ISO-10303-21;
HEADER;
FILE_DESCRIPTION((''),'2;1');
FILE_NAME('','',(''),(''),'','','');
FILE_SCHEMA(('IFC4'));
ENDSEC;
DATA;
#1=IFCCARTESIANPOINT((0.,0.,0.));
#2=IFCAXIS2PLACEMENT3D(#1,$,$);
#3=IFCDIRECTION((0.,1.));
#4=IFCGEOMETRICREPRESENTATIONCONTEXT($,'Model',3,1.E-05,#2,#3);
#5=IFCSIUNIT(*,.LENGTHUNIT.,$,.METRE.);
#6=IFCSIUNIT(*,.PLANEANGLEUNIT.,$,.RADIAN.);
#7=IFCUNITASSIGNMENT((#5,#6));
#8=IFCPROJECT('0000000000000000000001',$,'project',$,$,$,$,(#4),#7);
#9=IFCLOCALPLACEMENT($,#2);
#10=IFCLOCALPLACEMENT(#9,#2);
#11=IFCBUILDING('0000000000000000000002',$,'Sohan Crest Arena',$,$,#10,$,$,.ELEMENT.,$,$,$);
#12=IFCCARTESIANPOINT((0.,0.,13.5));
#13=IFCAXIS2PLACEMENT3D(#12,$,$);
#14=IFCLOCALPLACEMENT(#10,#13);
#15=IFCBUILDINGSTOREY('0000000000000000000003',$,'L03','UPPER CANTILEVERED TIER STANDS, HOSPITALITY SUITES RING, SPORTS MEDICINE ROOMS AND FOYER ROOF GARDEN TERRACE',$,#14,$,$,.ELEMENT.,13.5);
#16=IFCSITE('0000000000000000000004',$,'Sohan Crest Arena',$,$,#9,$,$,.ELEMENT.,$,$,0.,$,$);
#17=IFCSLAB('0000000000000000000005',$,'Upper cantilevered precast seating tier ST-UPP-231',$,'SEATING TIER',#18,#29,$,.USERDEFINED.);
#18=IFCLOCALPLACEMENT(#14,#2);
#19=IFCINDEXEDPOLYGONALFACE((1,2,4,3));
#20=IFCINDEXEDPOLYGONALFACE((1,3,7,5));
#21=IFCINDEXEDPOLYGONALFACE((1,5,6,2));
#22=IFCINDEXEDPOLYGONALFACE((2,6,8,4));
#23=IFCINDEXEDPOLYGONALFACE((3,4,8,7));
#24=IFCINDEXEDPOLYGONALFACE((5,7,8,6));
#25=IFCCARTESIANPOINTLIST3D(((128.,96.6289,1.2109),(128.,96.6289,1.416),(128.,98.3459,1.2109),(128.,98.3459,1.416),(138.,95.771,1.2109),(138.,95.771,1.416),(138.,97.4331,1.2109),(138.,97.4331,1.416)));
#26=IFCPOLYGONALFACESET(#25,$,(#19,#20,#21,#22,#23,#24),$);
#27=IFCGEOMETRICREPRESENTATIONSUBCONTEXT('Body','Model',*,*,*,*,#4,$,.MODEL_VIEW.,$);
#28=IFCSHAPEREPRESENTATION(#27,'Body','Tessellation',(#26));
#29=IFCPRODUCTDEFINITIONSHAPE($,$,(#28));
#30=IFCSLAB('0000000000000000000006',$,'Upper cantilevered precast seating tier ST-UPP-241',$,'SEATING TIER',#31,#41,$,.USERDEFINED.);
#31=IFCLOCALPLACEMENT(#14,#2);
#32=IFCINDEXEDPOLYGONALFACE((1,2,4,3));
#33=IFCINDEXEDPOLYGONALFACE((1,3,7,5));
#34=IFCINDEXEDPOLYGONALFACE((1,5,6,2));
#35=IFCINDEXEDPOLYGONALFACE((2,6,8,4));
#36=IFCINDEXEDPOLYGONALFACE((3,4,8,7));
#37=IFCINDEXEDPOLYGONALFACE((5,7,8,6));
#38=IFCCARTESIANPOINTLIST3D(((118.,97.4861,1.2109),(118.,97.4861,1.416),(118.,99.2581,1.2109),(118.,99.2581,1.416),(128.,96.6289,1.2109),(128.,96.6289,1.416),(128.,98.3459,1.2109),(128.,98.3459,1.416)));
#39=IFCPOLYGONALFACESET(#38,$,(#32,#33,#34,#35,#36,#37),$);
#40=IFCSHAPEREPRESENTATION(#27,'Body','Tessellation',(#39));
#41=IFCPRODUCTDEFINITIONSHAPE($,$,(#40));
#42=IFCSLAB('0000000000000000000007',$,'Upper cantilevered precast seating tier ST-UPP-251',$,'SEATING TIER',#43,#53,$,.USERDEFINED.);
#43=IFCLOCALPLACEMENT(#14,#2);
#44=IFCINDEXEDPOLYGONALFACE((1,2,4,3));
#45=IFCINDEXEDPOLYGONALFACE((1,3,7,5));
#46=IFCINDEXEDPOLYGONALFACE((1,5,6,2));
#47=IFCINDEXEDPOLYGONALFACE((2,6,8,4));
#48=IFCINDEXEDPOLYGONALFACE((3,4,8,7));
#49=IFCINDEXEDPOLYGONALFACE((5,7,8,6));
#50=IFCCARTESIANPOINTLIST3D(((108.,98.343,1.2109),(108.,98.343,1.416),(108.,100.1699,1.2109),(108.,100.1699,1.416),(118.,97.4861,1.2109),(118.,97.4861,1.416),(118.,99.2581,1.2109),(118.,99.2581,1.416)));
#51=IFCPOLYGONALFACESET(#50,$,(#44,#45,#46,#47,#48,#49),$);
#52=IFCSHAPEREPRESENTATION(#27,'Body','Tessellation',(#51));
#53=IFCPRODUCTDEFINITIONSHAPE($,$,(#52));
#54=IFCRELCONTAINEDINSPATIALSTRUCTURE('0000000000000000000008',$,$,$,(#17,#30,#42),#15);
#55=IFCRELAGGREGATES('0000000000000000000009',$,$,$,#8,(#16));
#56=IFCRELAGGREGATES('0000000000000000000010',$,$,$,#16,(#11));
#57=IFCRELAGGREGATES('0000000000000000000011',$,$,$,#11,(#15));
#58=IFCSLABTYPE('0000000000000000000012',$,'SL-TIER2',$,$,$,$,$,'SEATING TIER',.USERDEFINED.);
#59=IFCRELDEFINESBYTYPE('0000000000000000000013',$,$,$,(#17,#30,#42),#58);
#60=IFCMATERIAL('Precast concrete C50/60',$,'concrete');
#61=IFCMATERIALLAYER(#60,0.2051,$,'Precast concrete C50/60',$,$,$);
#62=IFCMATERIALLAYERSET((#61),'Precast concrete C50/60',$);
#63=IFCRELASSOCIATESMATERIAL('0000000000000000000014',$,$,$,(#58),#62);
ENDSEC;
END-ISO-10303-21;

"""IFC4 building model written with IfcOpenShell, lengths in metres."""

from ifc_helpers import new_model, si_unit, direction, frame, origin, place, context, subcontext, project, spatial, polyline, outline, extrude, material, layer, layer_set, type_object, element, save


model = new_model("IFC4")

# Units and contexts
model_context = context("Model", 3, precision=1e-05, world=origin(), true_north=direction((0.0, 1.0)))
body_context = subcontext(model_context, "Body", "Model", "MODEL_VIEW")
ifc_project = project(units=[si_unit("LENGTHUNIT", "METRE"), si_unit("PLANEANGLEUNIT", "RADIAN")], contexts=[model_context])

# Site, building, storey
site_placement = place(None, origin())
site = spatial("IfcSite", under=ifc_project, at=site_placement, Name="Sohan Crest Arena", CompositionType="ELEMENT", RefElevation=0.0)
building_placement = place(site_placement, origin())
building = spatial("IfcBuilding", under=site, at=building_placement, Name="Sohan Crest Arena", CompositionType="ELEMENT")
storey_placement = place(building_placement, frame((0.0, 0.0, 13.5)))
storey = spatial("IfcBuildingStorey", under=building, at=storey_placement, Name="L03", Description="UPPER CANTILEVERED TIER STANDS, HOSPITALITY SUITES RING, SPORTS MEDICINE ROOMS AND FOYER ROOF GARDEN TERRACE", CompositionType="ELEMENT", Elevation=13.5)

# Slabs
ifc_material = material(Name="Precast concrete C50/60", Category="concrete")
ifc_layer = layer(ifc_material, 0.2051, Name="Precast concrete C50/60")
ifc_layer_set = layer_set([ifc_layer], Name="Precast concrete C50/60")
slab_type = type_object("IfcSlabType", Name="SL-TIER2", ElementType="SEATING TIER", PredefinedType="USERDEFINED", material=ifc_layer_set)
slab_1_placement = place(storey_placement, frame((0.0, 0.0, 1.2109)))
element("IfcSlab", 1, at=slab_1_placement, inside=storey, type_object=slab_type, Name="Upper cantilevered precast seating tier ST-UPP-231", ObjectType="SEATING TIER", PredefinedType="USERDEFINED", context=body_context, shape_type="SweptSolid", body=[
    extrude(outline(polyline([(138.0, 95.771), (128.0, 96.6289), (128.0, 98.3459), (138.0, 97.4331), (138.0, 95.771)])), origin(), (0.0, 0.0, 1.0), 0.2051),
])
slab_2_placement = place(storey_placement, frame((0.0, 0.0, 1.2109)))
element("IfcSlab", 2, at=slab_2_placement, inside=storey, type_object=slab_type, Name="Upper cantilevered precast seating tier ST-UPP-241", ObjectType="SEATING TIER", PredefinedType="USERDEFINED", context=body_context, shape_type="SweptSolid", body=[
    extrude(outline(polyline([(128.0, 96.6289), (118.0, 97.4861), (118.0, 99.2581), (128.0, 98.3459), (128.0, 96.6289)])), origin(), (0.0, 0.0, 1.0), 0.2051),
])
slab_3_placement = place(storey_placement, frame((0.0, 0.0, 1.2109)))
element("IfcSlab", 3, at=slab_3_placement, inside=storey, type_object=slab_type, Name="Upper cantilevered precast seating tier ST-UPP-251", ObjectType="SEATING TIER", PredefinedType="USERDEFINED", context=body_context, shape_type="SweptSolid", body=[
    extrude(outline(polyline([(118.0, 97.4861), (108.0, 98.343), (108.0, 100.1699), (118.0, 99.2581), (118.0, 97.4861)])), origin(), (0.0, 0.0, 1.0), 0.2051),
])

save(model, "model.ifc")
